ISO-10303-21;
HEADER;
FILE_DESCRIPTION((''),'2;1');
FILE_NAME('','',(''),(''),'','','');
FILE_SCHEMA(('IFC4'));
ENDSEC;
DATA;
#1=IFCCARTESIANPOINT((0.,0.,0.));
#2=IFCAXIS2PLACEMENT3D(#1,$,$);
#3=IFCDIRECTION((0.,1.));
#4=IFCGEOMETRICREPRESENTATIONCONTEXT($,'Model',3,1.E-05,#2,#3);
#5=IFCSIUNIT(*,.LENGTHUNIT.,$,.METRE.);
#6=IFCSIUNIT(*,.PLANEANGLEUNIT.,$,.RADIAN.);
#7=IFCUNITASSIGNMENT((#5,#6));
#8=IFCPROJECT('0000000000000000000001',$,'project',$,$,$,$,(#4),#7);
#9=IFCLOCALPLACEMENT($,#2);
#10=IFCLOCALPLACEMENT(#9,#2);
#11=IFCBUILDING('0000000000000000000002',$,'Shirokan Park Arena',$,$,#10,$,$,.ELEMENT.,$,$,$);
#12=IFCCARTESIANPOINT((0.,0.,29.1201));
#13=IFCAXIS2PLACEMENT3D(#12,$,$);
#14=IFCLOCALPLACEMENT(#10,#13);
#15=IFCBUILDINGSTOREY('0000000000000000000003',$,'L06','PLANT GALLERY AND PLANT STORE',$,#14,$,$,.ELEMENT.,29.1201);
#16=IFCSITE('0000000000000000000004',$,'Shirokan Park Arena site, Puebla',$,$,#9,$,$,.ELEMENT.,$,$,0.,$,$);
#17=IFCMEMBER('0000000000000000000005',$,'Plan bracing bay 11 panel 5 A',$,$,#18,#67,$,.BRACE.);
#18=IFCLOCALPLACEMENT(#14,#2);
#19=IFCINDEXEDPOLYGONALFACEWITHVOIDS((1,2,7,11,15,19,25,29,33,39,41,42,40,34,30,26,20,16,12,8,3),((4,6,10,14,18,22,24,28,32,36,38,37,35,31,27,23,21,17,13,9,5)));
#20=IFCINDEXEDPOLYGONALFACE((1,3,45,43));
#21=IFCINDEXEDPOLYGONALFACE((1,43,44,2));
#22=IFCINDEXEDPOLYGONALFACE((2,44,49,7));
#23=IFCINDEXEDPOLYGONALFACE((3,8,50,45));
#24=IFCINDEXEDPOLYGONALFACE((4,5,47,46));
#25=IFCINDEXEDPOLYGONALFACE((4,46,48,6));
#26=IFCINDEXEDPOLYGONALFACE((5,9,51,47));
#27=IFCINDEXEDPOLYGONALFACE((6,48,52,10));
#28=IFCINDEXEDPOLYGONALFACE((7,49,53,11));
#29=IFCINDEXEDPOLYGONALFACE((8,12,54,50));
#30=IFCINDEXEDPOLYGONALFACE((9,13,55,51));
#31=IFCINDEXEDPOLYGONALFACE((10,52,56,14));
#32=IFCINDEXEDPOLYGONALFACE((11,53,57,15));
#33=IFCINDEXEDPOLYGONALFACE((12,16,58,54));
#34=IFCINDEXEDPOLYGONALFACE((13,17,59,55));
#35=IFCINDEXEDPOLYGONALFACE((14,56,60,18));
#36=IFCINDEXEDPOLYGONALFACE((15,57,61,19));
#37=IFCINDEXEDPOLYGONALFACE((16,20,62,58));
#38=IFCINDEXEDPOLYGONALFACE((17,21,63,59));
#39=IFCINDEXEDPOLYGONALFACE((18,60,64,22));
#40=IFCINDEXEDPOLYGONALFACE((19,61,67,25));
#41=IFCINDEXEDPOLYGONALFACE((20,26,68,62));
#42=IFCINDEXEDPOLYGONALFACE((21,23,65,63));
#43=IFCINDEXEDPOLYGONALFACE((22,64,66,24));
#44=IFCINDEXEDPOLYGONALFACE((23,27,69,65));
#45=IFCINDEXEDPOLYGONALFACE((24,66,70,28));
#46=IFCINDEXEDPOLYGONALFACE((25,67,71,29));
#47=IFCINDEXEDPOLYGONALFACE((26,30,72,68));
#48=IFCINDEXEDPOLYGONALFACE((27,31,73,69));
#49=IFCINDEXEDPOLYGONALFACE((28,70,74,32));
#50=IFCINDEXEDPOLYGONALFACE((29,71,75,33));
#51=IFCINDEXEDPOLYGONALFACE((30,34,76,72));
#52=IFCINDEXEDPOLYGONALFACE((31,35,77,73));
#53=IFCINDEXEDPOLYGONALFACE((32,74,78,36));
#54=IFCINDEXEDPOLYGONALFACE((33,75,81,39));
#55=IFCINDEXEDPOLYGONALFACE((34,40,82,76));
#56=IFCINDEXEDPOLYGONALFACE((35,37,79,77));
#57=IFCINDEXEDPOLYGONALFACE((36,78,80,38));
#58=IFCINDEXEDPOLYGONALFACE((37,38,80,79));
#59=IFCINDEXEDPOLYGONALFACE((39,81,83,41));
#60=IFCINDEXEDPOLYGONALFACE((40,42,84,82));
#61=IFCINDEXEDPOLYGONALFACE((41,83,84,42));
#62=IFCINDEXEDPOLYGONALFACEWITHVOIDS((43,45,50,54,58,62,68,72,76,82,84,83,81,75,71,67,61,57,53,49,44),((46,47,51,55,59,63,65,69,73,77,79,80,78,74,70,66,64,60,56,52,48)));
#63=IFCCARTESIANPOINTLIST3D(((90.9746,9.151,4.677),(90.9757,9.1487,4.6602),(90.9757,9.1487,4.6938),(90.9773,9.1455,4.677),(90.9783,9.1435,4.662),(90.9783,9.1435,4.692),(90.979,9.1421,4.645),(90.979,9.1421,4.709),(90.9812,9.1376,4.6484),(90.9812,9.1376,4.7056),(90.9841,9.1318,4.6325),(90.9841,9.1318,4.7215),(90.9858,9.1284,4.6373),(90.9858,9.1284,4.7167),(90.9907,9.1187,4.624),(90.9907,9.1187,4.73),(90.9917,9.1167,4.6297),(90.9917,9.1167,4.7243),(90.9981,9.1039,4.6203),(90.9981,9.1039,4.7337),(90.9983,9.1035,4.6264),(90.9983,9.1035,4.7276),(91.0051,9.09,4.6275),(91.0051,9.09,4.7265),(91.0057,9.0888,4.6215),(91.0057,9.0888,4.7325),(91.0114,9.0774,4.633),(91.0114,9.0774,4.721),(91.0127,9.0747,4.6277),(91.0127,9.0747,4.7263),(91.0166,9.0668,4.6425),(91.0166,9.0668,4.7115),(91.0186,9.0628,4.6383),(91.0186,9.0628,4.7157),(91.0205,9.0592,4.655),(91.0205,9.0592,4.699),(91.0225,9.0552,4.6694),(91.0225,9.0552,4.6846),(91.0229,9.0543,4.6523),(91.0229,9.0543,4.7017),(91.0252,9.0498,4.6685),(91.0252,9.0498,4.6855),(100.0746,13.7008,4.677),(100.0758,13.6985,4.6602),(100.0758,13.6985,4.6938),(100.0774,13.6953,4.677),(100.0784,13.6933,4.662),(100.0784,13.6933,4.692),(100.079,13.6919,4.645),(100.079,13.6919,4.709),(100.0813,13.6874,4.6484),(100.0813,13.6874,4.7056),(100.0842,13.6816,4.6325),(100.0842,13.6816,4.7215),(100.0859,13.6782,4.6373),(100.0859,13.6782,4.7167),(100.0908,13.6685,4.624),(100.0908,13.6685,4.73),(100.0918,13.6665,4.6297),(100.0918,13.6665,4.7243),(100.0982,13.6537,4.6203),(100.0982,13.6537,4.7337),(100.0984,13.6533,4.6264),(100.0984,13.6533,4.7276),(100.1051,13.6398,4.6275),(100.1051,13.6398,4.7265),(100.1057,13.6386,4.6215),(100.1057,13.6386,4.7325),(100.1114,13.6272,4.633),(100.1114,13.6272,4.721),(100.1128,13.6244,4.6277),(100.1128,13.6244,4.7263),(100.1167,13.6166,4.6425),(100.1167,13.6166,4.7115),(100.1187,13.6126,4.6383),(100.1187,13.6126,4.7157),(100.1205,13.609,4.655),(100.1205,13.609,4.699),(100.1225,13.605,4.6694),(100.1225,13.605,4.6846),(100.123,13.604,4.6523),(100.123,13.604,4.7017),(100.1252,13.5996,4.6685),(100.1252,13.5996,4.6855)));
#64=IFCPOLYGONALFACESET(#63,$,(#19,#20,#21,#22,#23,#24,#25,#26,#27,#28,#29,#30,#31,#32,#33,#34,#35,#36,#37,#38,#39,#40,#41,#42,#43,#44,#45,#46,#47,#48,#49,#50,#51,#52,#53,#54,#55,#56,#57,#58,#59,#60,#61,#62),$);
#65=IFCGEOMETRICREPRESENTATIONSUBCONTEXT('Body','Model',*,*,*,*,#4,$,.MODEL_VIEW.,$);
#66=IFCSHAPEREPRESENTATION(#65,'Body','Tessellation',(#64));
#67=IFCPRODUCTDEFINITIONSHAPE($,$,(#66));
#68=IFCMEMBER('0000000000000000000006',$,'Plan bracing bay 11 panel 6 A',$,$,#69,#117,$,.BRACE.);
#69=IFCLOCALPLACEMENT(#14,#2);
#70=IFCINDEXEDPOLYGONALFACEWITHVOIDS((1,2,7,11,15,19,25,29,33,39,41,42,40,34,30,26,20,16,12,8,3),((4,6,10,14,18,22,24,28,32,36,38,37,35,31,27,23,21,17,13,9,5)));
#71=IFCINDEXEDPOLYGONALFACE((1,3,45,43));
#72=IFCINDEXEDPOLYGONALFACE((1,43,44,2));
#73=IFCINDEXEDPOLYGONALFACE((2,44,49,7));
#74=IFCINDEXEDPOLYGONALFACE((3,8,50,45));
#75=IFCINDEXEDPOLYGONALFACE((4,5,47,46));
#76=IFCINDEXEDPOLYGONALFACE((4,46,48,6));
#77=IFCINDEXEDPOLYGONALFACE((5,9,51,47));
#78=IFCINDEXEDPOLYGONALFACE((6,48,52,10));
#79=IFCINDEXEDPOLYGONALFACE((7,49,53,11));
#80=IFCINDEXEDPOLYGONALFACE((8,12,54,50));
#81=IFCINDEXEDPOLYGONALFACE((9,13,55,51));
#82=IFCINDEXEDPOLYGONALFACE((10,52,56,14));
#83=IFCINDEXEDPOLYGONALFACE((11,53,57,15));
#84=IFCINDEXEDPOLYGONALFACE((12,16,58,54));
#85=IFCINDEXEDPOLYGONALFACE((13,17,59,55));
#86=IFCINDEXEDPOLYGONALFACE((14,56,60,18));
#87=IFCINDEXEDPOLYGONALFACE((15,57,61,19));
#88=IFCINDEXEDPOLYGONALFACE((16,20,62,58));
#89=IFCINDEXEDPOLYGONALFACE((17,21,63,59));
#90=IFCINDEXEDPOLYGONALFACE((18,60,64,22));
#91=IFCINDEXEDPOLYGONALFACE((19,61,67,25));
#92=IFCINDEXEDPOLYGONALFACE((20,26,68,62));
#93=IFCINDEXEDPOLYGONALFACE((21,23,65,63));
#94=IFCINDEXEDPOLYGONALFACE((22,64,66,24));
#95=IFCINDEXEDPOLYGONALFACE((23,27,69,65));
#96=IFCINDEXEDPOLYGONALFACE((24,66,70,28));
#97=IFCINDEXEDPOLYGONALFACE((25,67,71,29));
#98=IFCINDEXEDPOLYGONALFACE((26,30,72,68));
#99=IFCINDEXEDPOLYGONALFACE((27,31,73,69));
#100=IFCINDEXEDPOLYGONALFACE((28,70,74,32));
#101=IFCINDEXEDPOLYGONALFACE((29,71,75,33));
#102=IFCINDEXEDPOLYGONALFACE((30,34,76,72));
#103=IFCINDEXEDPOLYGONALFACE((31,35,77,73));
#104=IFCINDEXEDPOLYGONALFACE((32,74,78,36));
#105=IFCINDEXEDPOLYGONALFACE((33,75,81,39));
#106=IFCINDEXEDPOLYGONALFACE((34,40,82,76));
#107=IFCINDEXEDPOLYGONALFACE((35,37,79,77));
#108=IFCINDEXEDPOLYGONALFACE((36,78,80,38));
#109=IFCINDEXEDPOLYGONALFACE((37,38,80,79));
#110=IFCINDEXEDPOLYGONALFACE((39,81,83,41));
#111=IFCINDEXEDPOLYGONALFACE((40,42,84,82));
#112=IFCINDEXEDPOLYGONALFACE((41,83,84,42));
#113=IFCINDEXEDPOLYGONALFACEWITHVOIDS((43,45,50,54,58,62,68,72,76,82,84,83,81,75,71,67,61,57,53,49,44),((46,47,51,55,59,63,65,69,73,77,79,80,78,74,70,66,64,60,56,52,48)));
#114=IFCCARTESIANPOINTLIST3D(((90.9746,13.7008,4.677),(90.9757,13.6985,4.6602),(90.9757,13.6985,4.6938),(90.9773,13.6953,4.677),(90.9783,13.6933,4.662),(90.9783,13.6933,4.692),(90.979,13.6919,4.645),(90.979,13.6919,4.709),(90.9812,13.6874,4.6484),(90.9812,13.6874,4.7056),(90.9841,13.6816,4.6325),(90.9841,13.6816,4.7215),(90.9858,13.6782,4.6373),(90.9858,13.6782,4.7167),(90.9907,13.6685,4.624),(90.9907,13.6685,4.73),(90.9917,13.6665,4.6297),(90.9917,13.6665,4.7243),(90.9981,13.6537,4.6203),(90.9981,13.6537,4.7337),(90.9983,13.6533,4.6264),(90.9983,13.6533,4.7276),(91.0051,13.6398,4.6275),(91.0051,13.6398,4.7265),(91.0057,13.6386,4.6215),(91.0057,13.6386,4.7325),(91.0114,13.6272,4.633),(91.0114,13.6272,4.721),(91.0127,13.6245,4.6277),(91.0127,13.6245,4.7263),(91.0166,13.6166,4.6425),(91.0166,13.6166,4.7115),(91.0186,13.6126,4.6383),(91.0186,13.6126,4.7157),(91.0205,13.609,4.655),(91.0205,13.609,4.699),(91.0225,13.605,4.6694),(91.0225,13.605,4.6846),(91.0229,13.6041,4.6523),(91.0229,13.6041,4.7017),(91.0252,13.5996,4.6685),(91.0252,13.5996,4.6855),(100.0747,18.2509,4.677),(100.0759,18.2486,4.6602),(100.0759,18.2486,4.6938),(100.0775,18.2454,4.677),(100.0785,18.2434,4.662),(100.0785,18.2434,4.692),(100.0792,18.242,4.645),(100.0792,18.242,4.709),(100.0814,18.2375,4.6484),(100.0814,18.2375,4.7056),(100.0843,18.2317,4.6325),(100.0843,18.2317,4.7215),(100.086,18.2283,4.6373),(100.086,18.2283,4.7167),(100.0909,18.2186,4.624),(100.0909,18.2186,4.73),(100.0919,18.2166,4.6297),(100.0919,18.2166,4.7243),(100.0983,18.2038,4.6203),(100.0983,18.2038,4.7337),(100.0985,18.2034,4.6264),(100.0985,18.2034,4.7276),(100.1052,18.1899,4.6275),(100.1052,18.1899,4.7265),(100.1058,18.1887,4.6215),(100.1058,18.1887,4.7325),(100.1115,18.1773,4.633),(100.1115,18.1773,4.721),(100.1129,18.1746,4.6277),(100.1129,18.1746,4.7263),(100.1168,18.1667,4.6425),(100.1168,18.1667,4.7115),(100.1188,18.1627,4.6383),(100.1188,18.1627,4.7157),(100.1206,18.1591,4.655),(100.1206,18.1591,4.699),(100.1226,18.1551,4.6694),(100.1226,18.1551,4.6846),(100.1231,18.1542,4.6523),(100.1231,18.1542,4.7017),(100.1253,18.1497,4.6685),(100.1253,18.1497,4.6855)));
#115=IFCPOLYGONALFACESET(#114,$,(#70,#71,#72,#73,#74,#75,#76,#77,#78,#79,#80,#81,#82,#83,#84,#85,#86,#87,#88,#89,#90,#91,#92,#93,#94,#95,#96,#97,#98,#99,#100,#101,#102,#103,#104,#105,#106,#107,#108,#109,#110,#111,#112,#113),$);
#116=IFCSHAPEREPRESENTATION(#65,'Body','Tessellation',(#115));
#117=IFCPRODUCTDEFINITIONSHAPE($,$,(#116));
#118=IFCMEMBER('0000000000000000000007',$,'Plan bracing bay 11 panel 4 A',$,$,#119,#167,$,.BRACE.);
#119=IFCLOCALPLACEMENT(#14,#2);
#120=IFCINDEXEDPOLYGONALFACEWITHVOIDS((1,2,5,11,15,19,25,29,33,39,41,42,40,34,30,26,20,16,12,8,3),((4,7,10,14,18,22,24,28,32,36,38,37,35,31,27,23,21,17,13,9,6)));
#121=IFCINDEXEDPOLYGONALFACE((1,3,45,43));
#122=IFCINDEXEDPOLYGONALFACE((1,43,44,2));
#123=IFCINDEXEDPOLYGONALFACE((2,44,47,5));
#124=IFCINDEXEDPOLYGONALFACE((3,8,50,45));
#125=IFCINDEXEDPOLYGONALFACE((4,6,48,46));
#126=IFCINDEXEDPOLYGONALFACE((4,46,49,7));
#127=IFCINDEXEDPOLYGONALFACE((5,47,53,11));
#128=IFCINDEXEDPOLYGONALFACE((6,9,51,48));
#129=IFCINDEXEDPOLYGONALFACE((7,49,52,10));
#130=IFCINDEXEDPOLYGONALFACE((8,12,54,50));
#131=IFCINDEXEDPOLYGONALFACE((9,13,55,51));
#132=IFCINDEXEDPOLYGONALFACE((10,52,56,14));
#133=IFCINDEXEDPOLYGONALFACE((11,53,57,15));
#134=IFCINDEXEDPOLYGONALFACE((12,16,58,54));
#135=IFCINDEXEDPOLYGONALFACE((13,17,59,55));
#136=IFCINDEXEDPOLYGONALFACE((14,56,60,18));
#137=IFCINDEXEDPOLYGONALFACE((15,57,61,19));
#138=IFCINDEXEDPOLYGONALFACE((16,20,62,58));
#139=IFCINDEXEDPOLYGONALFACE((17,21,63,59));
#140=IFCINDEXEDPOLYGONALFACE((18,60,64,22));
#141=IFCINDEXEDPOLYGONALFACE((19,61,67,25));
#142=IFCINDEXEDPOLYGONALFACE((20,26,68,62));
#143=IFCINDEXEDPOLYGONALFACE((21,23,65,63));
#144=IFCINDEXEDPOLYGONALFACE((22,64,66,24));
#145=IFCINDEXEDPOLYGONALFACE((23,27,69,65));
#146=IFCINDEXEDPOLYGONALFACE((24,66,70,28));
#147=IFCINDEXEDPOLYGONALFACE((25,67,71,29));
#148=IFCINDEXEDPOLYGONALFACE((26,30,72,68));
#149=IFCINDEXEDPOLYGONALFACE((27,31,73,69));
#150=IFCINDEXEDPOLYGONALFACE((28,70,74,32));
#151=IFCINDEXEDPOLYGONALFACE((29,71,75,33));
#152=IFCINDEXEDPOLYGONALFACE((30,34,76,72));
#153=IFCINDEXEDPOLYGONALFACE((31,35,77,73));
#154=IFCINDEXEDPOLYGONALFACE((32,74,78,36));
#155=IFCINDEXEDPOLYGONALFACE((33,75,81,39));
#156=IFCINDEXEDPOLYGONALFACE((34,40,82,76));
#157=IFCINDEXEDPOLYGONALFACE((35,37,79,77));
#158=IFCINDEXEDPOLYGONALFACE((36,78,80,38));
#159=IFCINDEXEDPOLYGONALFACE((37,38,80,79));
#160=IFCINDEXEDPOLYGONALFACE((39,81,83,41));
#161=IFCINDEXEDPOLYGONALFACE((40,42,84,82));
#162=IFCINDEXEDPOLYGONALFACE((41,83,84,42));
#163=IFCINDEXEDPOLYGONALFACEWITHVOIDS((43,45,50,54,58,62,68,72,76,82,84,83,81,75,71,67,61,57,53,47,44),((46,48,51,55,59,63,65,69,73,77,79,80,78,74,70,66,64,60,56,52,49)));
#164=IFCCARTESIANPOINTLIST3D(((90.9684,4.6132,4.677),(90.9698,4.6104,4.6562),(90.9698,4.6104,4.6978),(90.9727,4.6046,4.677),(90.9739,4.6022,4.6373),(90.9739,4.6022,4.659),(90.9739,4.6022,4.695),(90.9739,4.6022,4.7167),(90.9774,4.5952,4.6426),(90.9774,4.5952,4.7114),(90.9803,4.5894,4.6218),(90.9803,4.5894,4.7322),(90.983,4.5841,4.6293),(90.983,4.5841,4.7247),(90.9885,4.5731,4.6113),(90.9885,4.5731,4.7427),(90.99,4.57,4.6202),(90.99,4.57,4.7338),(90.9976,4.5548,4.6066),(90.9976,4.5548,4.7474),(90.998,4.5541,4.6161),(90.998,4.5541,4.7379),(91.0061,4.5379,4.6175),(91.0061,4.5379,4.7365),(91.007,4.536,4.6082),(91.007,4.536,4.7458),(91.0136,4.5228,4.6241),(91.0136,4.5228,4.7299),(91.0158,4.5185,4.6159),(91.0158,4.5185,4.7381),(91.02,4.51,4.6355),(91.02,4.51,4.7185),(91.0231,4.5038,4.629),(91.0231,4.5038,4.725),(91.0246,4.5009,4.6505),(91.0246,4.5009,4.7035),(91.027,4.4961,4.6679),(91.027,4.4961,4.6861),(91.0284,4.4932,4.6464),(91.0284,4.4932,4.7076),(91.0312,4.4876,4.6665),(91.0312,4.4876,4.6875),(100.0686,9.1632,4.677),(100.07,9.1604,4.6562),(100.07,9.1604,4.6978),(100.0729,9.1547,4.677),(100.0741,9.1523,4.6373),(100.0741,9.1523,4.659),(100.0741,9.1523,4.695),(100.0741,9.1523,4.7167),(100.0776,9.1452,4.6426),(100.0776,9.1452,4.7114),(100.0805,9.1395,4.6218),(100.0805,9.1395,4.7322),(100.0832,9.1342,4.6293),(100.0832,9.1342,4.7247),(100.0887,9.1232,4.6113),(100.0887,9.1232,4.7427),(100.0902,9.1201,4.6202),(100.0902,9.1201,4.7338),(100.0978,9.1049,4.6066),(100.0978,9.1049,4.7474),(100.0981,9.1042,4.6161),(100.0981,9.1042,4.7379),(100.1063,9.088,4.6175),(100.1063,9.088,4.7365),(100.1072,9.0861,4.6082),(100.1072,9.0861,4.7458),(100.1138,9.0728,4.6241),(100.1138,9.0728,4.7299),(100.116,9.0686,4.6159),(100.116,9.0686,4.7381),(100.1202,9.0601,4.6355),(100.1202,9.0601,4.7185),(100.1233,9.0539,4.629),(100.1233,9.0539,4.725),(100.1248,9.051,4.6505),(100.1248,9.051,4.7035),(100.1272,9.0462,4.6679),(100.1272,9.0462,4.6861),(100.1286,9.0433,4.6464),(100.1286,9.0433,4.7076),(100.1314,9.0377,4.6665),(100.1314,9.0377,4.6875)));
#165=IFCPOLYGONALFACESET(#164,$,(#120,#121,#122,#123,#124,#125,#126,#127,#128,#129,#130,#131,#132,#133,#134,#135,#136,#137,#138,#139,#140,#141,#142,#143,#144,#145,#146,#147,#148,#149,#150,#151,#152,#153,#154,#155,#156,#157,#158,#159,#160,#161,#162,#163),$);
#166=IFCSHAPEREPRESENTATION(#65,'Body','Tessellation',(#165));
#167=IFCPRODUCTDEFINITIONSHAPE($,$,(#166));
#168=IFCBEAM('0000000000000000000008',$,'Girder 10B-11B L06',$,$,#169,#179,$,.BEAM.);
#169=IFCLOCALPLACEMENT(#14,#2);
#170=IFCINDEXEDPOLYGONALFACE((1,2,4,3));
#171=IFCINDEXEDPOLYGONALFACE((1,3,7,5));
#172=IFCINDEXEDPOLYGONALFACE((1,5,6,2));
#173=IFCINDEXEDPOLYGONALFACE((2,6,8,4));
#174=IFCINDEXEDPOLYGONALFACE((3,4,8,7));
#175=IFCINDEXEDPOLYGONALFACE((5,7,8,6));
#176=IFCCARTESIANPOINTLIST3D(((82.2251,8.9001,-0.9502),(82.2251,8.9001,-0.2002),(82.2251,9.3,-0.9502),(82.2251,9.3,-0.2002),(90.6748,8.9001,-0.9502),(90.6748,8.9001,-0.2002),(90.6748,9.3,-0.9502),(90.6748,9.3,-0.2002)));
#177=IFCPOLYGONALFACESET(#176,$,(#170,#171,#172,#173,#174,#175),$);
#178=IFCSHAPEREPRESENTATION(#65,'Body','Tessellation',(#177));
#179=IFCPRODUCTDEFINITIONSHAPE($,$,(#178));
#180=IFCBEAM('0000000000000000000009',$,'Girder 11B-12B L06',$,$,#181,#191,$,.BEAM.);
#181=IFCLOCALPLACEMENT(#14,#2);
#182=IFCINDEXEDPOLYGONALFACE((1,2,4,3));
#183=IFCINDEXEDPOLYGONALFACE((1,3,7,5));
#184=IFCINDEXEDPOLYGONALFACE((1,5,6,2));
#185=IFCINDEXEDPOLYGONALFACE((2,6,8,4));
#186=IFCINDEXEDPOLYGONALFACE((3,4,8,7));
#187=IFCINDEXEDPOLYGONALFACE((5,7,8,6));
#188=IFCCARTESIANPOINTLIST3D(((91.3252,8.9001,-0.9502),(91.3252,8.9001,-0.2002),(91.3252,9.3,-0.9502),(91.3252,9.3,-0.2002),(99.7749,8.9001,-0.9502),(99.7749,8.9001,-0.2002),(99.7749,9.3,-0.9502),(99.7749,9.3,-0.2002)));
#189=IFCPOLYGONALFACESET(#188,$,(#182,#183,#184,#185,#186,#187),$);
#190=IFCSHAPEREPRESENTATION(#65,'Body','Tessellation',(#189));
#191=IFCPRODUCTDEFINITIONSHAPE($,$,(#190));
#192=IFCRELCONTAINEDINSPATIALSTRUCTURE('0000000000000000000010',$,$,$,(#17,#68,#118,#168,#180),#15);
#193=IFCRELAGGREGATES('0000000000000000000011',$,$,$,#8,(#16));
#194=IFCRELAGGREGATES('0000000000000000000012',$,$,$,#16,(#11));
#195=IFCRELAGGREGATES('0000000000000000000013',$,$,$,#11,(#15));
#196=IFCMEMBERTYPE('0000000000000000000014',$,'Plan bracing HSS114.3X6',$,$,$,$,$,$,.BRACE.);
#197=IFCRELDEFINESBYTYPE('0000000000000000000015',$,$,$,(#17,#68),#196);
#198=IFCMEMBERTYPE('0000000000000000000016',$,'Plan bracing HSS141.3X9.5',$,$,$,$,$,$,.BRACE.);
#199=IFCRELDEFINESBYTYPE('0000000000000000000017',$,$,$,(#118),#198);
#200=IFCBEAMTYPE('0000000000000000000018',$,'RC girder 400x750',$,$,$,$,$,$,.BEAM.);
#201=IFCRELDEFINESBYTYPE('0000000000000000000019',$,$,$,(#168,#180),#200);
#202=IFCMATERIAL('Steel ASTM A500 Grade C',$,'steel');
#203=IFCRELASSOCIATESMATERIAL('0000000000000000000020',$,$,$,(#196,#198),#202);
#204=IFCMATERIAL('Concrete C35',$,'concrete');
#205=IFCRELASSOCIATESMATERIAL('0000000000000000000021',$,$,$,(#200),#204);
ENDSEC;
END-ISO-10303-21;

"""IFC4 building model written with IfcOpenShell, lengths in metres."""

from ifc_helpers import new_model, si_unit, direction, frame, origin, origin_2d, place, context, subcontext, project, spatial, rectangle, hollow_circle, extrude, material, material_profile, profile_set, type_object, element, save


model = new_model("IFC4")

# Units and contexts
model_context = context("Model", 3, precision=1e-05, world=origin(), true_north=direction((0.0, 1.0)))
body_context = subcontext(model_context, "Body", "Model", "MODEL_VIEW")
ifc_project = project(units=[si_unit("LENGTHUNIT", "METRE"), si_unit("PLANEANGLEUNIT", "RADIAN")], contexts=[model_context])

# Site, building, storey
site_placement = place(None, origin())
site = spatial("IfcSite", under=ifc_project, at=site_placement, Name="Shirokan Park Arena site, Puebla", CompositionType="ELEMENT", RefElevation=0.0)
building_placement = place(site_placement, origin())
building = spatial("IfcBuilding", under=site, at=building_placement, Name="Shirokan Park Arena", CompositionType="ELEMENT")
storey_placement = place(building_placement, frame((0.0, 0.0, 29.1201)))
storey = spatial("IfcBuildingStorey", under=building, at=storey_placement, Name="L06", Description="PLANT GALLERY AND PLANT STORE", CompositionType="ELEMENT", Elevation=29.1201)

# Shared definitions
ifc_material_1 = material(Name="Concrete C35", Category="concrete")

# Members
ifc_material_2 = material(Name="Steel ASTM A500 Grade C", Category="steel")
ifc_material_profile_1 = material_profile(ifc_material_2, hollow_circle(Radius=0.0569, WallThickness=0.0061, at=origin_2d()), Name="HSS114.3X6")
ifc_profile_set_1 = profile_set([ifc_material_profile_1], Name="Steel ASTM A500 Grade C")
member_type_1 = type_object("IfcMemberType", Name="Plan bracing HSS114.3X6", PredefinedType="BRACE", material=ifc_profile_set_1)
member_1_placement = place(storey_placement, frame((91.0, 9.1001, 4.677), z_axis=(0.894437, 0.447194, 0.0), x_axis=(-0.447194, 0.894437, 0.0)))
element("IfcMember", 1, at=member_1_placement, inside=storey, type_object=member_type_1, Name="Plan bracing bay 11 panel 5 A", PredefinedType="BRACE", context=body_context, shape_type="SweptSolid", body=[
    extrude(hollow_circle(Radius=0.0569, WallThickness=0.0061, at=origin_2d()), origin(), (0.0, 0.0, 1.0), 10.1741),
])
member_2_placement = place(storey_placement, frame((91.0, 13.6499, 4.677), z_axis=(0.894427, 0.447214, 0.0), x_axis=(-0.447214, 0.894427, 0.0)))
element("IfcMember", 2, at=member_2_placement, inside=storey, type_object=member_type_1, Name="Plan bracing bay 11 panel 6 A", PredefinedType="BRACE", context=body_context, shape_type="SweptSolid", body=[
    extrude(hollow_circle(Radius=0.0569, WallThickness=0.0061, at=origin_2d()), origin(), (0.0, 0.0, 1.0), 10.1743),
])
ifc_material_profile_2 = material_profile(ifc_material_2, hollow_circle(Radius=0.0706, WallThickness=0.0095, at=origin_2d()), Name="HSS141.3X9.5")
ifc_profile_set_2 = profile_set([ifc_material_profile_2], Name="Steel ASTM A500 Grade C")
member_type_2 = type_object("IfcMemberType", Name="Plan bracing HSS141.3X9.5", PredefinedType="BRACE", material=ifc_profile_set_2)
member_3_placement = place(storey_placement, frame((91.0, 4.55, 4.677), z_axis=(0.894427, 0.447214, 0.0), x_axis=(-0.447214, 0.894427, 0.0)))
element("IfcMember", 3, at=member_3_placement, inside=storey, type_object=member_type_2, Name="Plan bracing bay 11 panel 4 A", PredefinedType="BRACE", context=body_context, shape_type="SweptSolid", body=[
    extrude(hollow_circle(Radius=0.0706, WallThickness=0.0095, at=origin_2d()), origin(), (0.0, 0.0, 1.0), 10.1743),
])

# Beams
ifc_material_profile_3 = material_profile(ifc_material_1, rectangle(XDim=0.3999, YDim=0.75, at=origin_2d()), Name="400x750")
ifc_profile_set_3 = profile_set([ifc_material_profile_3], Name="Concrete C35")
beam_type = type_object("IfcBeamType", Name="RC girder 400x750", PredefinedType="BEAM", material=ifc_profile_set_3)
for number, where, z_axis, x_axis, name in (
    (4, (82.2251, 9.1001, -0.5752), (1.0, 0.0, 0.0), (0.0, 1.0, 0.0), "Girder 10B-11B L06"),
    (5, (91.3252, 9.1001, -0.5752), (1.0, 0.0, 0.0), (0.0, 1.0, 0.0), "Girder 11B-12B L06"),
):
    element("IfcBeam", number, at=place(storey_placement, frame(where, z_axis=z_axis, x_axis=x_axis)), inside=storey, type_object=beam_type, Name=name, PredefinedType="BEAM", context=body_context, shape_type="SweptSolid", body=[
        extrude(rectangle(XDim=0.3999, YDim=0.75, at=origin_2d()), origin(), (0.0, 0.0, 1.0), 8.4497),
    ])

save(model, "model.ifc")
